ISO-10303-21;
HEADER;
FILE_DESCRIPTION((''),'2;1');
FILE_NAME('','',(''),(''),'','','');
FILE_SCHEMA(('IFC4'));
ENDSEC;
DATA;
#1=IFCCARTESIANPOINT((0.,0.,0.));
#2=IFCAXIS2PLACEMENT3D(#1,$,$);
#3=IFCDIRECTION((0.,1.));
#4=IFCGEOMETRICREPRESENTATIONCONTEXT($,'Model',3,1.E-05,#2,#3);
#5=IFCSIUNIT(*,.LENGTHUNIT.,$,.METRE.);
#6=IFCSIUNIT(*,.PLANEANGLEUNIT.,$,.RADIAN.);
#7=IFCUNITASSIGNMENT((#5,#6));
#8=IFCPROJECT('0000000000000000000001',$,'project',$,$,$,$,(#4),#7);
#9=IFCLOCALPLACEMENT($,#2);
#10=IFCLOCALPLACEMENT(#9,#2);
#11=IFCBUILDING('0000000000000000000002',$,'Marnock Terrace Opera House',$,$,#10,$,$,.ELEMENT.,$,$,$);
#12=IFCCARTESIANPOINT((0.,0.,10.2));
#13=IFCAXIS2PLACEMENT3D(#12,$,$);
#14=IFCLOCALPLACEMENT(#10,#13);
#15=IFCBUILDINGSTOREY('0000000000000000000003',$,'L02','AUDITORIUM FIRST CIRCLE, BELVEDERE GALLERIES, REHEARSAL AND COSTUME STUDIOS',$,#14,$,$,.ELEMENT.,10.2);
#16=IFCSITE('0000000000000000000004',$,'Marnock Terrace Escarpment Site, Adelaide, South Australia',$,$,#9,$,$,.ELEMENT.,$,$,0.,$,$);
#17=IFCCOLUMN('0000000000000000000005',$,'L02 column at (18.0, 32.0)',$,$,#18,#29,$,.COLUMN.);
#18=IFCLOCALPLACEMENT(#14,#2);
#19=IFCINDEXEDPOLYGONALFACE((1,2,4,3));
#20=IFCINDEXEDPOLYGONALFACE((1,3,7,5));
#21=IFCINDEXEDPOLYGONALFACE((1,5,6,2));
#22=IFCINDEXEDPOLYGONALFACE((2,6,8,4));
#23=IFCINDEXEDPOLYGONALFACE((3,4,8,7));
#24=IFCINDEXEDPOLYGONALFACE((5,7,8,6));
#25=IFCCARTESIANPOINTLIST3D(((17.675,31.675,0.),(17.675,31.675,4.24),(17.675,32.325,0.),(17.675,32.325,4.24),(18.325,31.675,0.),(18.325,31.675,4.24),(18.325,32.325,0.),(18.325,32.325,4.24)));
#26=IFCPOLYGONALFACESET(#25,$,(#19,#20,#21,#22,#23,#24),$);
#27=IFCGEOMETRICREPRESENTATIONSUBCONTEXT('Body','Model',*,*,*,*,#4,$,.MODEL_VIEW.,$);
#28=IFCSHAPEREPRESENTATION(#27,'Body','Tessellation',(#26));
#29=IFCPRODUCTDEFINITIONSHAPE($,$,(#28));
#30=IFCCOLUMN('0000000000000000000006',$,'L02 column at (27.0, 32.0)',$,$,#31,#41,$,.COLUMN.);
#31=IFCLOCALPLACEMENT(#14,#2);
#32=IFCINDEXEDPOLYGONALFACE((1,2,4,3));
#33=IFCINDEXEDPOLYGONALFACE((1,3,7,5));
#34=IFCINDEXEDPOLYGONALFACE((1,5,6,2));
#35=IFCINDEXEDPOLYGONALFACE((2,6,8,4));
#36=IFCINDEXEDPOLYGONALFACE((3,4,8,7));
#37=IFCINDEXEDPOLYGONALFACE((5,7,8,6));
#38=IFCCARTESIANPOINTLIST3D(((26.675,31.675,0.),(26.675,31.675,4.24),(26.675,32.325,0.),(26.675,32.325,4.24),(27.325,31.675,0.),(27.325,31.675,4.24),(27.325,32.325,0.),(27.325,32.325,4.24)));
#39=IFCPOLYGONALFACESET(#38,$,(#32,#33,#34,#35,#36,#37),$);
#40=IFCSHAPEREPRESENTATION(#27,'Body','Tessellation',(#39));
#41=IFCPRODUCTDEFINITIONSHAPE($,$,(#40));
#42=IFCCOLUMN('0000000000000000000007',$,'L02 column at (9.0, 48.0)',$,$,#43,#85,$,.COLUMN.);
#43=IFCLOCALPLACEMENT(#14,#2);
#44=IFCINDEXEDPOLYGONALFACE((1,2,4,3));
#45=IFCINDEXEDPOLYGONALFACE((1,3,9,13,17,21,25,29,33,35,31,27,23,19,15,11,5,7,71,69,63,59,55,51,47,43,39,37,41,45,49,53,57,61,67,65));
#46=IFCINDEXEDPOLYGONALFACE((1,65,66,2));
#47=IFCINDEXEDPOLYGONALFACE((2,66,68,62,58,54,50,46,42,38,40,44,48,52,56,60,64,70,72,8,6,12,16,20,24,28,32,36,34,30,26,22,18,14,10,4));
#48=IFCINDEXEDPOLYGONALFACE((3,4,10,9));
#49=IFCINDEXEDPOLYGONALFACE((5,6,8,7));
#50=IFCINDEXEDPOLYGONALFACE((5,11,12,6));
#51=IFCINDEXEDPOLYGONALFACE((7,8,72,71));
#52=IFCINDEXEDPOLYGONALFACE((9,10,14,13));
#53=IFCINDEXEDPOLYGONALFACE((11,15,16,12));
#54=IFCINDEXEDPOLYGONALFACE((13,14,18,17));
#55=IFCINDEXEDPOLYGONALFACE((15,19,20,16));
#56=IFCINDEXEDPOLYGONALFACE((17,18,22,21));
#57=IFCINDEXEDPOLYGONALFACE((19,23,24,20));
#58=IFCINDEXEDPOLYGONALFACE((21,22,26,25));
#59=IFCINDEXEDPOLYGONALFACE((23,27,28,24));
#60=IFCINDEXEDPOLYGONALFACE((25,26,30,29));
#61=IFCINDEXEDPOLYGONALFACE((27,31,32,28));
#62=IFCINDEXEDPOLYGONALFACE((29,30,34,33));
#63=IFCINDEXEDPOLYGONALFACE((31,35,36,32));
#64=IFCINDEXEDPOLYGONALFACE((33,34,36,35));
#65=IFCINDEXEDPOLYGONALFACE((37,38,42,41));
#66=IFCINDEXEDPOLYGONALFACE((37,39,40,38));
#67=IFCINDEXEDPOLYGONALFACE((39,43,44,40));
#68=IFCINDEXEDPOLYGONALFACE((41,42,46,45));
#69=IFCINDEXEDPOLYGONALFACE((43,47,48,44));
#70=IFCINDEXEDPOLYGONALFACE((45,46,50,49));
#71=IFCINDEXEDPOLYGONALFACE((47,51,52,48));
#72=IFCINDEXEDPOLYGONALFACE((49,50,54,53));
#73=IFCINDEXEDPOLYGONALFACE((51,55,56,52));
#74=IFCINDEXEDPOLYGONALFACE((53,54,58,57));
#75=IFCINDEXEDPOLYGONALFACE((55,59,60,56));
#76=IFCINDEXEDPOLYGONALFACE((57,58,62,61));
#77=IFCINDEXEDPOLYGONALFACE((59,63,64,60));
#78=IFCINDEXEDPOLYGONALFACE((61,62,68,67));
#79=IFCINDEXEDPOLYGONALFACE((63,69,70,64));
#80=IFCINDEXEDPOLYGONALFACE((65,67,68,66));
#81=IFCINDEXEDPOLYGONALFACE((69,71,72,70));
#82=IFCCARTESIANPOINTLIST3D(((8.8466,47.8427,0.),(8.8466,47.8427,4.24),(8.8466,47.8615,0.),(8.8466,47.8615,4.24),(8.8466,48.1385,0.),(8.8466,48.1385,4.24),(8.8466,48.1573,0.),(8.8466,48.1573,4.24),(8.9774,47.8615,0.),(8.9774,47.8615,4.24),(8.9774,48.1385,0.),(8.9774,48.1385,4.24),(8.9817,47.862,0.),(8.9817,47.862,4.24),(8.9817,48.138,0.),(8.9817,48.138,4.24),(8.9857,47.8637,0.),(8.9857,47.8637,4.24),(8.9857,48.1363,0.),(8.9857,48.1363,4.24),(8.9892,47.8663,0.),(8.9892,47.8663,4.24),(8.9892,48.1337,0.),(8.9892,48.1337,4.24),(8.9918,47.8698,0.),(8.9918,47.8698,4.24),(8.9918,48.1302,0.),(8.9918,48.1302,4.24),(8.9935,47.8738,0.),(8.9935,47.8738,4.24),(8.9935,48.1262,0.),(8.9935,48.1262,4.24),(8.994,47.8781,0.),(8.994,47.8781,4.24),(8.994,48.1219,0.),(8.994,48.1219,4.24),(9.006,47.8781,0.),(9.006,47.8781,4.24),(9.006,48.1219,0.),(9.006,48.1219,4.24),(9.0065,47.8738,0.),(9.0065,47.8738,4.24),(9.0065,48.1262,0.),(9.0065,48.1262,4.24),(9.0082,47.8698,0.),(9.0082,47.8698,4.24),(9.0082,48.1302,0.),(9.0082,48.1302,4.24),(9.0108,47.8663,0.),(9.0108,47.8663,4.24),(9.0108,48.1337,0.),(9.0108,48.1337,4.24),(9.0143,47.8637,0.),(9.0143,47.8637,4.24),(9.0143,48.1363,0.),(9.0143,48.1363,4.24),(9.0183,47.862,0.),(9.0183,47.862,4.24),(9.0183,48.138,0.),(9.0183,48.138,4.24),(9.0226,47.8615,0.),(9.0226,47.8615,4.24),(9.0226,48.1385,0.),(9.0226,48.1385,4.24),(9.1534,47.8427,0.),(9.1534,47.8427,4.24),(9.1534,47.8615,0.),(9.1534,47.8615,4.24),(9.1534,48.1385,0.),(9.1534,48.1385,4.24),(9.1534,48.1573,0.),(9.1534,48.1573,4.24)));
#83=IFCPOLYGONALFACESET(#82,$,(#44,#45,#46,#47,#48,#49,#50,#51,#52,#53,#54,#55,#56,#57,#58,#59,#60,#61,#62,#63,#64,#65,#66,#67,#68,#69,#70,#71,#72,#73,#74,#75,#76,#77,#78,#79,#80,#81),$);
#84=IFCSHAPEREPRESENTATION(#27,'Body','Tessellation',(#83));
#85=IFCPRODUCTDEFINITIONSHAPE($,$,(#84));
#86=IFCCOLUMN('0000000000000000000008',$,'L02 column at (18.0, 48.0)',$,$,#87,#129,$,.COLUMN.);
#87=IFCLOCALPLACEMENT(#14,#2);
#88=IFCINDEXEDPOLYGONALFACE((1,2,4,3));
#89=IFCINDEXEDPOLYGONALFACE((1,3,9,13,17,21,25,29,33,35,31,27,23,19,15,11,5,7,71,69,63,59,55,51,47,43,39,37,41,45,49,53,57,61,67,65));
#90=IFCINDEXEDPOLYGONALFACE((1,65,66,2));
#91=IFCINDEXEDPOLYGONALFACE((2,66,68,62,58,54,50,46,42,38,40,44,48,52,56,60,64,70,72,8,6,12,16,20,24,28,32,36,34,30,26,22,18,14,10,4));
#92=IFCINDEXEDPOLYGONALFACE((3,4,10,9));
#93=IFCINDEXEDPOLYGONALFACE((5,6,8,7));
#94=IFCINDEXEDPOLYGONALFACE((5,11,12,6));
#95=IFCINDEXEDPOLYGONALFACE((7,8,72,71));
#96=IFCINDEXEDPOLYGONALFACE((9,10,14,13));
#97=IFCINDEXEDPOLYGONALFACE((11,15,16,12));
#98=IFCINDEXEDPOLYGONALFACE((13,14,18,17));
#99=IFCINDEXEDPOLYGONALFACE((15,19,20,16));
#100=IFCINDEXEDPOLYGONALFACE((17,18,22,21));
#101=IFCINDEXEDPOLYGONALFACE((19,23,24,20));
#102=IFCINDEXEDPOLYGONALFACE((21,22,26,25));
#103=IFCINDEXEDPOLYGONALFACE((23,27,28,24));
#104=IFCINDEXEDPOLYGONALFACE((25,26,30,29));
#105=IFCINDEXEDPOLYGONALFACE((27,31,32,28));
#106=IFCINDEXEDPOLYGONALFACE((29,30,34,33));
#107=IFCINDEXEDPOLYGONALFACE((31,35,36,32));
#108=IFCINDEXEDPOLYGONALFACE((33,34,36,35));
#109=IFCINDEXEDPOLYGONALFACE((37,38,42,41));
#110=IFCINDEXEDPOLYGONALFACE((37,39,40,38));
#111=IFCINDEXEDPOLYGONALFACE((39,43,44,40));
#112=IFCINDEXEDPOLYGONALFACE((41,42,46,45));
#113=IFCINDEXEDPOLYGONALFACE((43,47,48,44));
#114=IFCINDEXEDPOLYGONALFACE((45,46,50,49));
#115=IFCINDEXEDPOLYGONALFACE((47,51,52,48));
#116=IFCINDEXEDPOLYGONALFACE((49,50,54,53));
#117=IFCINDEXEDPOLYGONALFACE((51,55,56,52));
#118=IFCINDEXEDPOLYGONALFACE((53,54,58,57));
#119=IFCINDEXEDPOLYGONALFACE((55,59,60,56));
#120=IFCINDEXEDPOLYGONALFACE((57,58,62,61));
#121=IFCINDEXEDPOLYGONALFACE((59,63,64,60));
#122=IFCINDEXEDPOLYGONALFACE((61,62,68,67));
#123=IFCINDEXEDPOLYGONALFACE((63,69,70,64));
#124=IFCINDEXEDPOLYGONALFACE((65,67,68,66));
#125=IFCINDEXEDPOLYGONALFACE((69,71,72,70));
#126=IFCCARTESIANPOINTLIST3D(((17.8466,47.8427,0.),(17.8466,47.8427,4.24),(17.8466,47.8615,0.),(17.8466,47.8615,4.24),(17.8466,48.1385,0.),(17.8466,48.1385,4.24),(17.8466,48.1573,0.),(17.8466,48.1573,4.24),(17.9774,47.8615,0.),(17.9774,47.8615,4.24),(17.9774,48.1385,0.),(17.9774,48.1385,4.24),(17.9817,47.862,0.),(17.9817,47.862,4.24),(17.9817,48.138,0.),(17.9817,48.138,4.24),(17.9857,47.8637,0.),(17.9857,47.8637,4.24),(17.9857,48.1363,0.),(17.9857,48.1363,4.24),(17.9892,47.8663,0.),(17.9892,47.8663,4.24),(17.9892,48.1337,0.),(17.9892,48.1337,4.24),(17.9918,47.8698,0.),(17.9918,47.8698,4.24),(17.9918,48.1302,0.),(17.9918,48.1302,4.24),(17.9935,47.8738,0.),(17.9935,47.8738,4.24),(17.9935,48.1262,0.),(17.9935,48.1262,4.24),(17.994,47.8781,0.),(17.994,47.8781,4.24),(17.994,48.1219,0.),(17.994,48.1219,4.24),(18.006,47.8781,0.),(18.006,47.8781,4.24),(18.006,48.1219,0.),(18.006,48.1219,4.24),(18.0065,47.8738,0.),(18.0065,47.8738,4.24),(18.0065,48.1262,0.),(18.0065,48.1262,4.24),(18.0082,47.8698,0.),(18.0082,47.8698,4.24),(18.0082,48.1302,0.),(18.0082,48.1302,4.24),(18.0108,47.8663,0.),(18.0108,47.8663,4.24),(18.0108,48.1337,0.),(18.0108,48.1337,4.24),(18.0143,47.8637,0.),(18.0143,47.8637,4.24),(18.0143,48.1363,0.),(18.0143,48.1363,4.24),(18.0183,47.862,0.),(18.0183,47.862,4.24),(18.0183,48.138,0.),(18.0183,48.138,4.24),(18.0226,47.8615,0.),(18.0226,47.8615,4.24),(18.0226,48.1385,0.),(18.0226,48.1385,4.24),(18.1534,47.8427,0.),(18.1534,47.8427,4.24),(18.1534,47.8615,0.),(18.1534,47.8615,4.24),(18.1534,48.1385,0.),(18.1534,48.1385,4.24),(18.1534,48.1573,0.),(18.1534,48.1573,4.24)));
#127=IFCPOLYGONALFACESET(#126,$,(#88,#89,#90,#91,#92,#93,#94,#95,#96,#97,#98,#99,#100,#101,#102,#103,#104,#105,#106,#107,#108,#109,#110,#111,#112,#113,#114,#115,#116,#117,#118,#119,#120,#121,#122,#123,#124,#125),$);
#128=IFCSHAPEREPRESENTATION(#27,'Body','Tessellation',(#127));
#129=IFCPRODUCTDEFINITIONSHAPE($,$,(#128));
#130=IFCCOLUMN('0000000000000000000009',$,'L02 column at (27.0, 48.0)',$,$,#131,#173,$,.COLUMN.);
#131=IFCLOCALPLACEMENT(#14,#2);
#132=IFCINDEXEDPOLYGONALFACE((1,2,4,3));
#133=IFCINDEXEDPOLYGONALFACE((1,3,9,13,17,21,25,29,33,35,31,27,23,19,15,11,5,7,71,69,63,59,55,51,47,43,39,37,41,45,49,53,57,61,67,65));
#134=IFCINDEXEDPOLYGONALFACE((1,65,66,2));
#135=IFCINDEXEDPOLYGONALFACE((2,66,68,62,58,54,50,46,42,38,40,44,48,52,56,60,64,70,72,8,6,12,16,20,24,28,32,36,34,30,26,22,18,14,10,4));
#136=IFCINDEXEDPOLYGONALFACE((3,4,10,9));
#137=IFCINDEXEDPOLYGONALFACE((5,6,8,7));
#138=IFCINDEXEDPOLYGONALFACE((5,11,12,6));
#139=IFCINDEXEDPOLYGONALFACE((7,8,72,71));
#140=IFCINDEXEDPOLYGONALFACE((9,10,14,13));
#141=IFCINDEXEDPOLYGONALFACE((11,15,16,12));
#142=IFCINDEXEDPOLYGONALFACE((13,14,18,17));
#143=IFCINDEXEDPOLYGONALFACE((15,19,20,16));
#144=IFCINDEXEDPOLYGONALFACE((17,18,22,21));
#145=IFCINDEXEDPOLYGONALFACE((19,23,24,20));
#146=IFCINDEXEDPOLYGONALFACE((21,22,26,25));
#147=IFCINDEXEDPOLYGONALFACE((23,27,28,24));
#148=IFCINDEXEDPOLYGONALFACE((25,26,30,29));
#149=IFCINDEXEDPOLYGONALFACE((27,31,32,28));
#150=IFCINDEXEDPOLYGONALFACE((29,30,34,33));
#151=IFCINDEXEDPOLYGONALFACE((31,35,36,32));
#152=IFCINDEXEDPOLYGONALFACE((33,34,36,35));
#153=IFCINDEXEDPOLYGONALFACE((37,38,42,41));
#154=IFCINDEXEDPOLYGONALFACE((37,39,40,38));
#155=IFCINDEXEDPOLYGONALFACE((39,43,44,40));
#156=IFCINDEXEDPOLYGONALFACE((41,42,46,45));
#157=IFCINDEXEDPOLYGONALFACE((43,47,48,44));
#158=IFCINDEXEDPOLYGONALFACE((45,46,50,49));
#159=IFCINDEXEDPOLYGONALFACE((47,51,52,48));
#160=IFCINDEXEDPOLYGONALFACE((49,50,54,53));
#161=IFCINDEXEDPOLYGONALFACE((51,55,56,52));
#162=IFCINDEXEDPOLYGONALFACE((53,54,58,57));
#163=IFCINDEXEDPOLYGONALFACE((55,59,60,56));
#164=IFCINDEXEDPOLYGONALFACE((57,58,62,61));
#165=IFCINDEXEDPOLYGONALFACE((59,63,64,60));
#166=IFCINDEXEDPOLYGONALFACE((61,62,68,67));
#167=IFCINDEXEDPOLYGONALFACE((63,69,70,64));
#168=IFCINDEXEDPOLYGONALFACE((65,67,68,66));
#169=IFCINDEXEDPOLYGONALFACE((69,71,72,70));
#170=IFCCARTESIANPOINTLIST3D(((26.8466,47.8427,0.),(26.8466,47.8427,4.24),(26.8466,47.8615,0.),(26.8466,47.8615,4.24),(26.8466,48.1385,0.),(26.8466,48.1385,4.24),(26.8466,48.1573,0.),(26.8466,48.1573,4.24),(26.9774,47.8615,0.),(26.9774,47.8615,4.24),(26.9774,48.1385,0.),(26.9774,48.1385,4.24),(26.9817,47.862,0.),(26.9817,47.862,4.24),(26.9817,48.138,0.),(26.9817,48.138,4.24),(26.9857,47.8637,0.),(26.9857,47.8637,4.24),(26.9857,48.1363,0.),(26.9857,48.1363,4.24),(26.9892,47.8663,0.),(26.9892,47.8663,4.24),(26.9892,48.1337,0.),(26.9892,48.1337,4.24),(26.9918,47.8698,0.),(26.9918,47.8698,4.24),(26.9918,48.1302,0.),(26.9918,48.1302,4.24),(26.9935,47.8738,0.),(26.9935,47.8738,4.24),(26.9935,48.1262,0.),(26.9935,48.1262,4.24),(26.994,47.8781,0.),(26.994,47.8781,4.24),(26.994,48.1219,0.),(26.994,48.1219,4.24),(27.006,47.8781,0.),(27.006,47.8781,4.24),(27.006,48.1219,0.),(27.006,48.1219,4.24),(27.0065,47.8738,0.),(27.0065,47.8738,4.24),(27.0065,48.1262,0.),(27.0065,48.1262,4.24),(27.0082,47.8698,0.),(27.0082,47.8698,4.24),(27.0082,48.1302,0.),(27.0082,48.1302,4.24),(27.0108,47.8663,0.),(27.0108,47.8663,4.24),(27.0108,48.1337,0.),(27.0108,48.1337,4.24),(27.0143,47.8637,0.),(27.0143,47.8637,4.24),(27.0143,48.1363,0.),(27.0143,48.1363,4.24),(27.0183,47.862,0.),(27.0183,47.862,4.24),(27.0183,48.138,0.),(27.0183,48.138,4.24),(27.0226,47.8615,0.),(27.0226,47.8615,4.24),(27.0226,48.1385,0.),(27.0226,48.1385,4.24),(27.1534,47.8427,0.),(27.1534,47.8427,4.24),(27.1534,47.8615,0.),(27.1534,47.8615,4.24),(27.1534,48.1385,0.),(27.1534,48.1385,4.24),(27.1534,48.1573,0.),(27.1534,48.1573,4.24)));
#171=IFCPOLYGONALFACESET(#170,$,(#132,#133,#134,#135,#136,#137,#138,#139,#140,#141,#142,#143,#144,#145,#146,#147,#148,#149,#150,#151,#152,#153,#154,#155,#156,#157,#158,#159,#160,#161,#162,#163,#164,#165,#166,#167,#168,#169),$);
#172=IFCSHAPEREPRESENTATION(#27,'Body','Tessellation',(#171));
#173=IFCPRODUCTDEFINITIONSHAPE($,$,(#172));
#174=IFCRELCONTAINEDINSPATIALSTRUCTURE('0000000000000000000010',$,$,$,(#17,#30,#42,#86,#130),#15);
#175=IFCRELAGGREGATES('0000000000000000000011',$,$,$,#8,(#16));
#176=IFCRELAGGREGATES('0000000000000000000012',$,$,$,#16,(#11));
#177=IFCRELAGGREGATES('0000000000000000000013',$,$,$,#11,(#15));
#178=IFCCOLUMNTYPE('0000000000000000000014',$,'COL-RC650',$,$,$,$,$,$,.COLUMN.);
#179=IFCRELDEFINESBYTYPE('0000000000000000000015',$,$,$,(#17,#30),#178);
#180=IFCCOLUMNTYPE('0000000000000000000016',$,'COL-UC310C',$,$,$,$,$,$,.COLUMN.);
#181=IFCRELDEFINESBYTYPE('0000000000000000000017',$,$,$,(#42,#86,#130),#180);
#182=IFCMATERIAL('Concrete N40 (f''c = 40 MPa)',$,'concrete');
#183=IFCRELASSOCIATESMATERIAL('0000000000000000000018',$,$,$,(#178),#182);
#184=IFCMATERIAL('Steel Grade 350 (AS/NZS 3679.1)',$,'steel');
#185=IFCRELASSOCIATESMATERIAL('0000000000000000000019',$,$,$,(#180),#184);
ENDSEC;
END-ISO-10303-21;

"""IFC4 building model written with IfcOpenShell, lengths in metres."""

from ifc_helpers import new_model, si_unit, direction, frame, origin, origin_2d, place, context, subcontext, project, spatial, rectangle, i_section, extrude, material, material_profile, profile_set, type_object, element, save


model = new_model("IFC4")

# Units and contexts
model_context = context("Model", 3, precision=1e-05, world=origin(), true_north=direction((0.0, 1.0)))
body_context = subcontext(model_context, "Body", "Model", "MODEL_VIEW")
ifc_project = project(units=[si_unit("LENGTHUNIT", "METRE"), si_unit("PLANEANGLEUNIT", "RADIAN")], contexts=[model_context])

# Site, building, storey
site_placement = place(None, origin())
site = spatial("IfcSite", under=ifc_project, at=site_placement, Name="Marnock Terrace Escarpment Site, Adelaide, South Australia", CompositionType="ELEMENT", RefElevation=0.0)
building_placement = place(site_placement, origin())
building = spatial("IfcBuilding", under=site, at=building_placement, Name="Marnock Terrace Opera House", CompositionType="ELEMENT")
storey_placement = place(building_placement, frame((0.0, 0.0, 10.2)))
storey = spatial("IfcBuildingStorey", under=building, at=storey_placement, Name="L02", Description="AUDITORIUM FIRST CIRCLE, BELVEDERE GALLERIES, REHEARSAL AND COSTUME STUDIOS", CompositionType="ELEMENT", Elevation=10.2)

# Columns
ifc_material_1 = material(Name="Concrete N40 (f'c = 40 MPa)", Category="concrete")
ifc_material_profile_1 = material_profile(ifc_material_1, rectangle(XDim=0.6499, YDim=0.6499, at=origin_2d()))
ifc_profile_set_1 = profile_set([ifc_material_profile_1], Name="Concrete N40 (f'c = 40 MPa)")
column_type_1 = type_object("IfcColumnType", Name="COL-RC650", PredefinedType="COLUMN", material=ifc_profile_set_1)
for number, where, z_axis, x_axis, name in (
    (1, (18.0, 32.0, 0.0), (0.0, 0.0, 1.0), (1.0, 0.0, 0.0), "L02 column at (18.0, 32.0)"),
    (2, (27.0, 32.0, 0.0), (0.0, 0.0, 1.0), (1.0, 0.0, 0.0), "L02 column at (27.0, 32.0)"),
):
    element("IfcColumn", number, at=place(storey_placement, frame(where, z_axis=z_axis, x_axis=x_axis)), inside=storey, type_object=column_type_1, Name=name, PredefinedType="COLUMN", context=body_context, shape_type="SweptSolid", body=[
        extrude(rectangle(XDim=0.6499, YDim=0.6499, at=origin_2d()), origin(), (0.0, 0.0, 1.0), 4.24),
    ])
ifc_material_2 = material(Name="Steel Grade 350 (AS/NZS 3679.1)", Category="steel")
ifc_material_profile_2 = material_profile(ifc_material_2, i_section(OverallWidth=0.3069, OverallDepth=0.3147, WebThickness=0.012, FlangeThickness=0.0188, FilletRadius=0.0166, at=origin_2d()))
ifc_profile_set_2 = profile_set([ifc_material_profile_2], Name="Steel Grade 350 (AS/NZS 3679.1)")
column_type_2 = type_object("IfcColumnType", Name="COL-UC310C", PredefinedType="COLUMN", material=ifc_profile_set_2)
for number, where, z_axis, x_axis, name in (
    (3, (9.0, 48.0, 0.0), (0.0, 0.0, 1.0), (1.0, 0.0, 0.0), "L02 column at (9.0, 48.0)"),
    (4, (18.0, 48.0, 0.0), (0.0, 0.0, 1.0), (1.0, 0.0, 0.0), "L02 column at (18.0, 48.0)"),
    (5, (27.0, 48.0, 0.0), (0.0, 0.0, 1.0), (1.0, 0.0, 0.0), "L02 column at (27.0, 48.0)"),
):
    element("IfcColumn", number, at=place(storey_placement, frame(where, z_axis=z_axis, x_axis=x_axis)), inside=storey, type_object=column_type_2, Name=name, PredefinedType="COLUMN", context=body_context, shape_type="SweptSolid", body=[
        extrude(i_section(OverallWidth=0.3069, OverallDepth=0.3147, WebThickness=0.012, FlangeThickness=0.0188, FilletRadius=0.0166, at=origin_2d()), origin(), (0.0, 0.0, 1.0), 4.24),
    ])

save(model, "model.ifc")
